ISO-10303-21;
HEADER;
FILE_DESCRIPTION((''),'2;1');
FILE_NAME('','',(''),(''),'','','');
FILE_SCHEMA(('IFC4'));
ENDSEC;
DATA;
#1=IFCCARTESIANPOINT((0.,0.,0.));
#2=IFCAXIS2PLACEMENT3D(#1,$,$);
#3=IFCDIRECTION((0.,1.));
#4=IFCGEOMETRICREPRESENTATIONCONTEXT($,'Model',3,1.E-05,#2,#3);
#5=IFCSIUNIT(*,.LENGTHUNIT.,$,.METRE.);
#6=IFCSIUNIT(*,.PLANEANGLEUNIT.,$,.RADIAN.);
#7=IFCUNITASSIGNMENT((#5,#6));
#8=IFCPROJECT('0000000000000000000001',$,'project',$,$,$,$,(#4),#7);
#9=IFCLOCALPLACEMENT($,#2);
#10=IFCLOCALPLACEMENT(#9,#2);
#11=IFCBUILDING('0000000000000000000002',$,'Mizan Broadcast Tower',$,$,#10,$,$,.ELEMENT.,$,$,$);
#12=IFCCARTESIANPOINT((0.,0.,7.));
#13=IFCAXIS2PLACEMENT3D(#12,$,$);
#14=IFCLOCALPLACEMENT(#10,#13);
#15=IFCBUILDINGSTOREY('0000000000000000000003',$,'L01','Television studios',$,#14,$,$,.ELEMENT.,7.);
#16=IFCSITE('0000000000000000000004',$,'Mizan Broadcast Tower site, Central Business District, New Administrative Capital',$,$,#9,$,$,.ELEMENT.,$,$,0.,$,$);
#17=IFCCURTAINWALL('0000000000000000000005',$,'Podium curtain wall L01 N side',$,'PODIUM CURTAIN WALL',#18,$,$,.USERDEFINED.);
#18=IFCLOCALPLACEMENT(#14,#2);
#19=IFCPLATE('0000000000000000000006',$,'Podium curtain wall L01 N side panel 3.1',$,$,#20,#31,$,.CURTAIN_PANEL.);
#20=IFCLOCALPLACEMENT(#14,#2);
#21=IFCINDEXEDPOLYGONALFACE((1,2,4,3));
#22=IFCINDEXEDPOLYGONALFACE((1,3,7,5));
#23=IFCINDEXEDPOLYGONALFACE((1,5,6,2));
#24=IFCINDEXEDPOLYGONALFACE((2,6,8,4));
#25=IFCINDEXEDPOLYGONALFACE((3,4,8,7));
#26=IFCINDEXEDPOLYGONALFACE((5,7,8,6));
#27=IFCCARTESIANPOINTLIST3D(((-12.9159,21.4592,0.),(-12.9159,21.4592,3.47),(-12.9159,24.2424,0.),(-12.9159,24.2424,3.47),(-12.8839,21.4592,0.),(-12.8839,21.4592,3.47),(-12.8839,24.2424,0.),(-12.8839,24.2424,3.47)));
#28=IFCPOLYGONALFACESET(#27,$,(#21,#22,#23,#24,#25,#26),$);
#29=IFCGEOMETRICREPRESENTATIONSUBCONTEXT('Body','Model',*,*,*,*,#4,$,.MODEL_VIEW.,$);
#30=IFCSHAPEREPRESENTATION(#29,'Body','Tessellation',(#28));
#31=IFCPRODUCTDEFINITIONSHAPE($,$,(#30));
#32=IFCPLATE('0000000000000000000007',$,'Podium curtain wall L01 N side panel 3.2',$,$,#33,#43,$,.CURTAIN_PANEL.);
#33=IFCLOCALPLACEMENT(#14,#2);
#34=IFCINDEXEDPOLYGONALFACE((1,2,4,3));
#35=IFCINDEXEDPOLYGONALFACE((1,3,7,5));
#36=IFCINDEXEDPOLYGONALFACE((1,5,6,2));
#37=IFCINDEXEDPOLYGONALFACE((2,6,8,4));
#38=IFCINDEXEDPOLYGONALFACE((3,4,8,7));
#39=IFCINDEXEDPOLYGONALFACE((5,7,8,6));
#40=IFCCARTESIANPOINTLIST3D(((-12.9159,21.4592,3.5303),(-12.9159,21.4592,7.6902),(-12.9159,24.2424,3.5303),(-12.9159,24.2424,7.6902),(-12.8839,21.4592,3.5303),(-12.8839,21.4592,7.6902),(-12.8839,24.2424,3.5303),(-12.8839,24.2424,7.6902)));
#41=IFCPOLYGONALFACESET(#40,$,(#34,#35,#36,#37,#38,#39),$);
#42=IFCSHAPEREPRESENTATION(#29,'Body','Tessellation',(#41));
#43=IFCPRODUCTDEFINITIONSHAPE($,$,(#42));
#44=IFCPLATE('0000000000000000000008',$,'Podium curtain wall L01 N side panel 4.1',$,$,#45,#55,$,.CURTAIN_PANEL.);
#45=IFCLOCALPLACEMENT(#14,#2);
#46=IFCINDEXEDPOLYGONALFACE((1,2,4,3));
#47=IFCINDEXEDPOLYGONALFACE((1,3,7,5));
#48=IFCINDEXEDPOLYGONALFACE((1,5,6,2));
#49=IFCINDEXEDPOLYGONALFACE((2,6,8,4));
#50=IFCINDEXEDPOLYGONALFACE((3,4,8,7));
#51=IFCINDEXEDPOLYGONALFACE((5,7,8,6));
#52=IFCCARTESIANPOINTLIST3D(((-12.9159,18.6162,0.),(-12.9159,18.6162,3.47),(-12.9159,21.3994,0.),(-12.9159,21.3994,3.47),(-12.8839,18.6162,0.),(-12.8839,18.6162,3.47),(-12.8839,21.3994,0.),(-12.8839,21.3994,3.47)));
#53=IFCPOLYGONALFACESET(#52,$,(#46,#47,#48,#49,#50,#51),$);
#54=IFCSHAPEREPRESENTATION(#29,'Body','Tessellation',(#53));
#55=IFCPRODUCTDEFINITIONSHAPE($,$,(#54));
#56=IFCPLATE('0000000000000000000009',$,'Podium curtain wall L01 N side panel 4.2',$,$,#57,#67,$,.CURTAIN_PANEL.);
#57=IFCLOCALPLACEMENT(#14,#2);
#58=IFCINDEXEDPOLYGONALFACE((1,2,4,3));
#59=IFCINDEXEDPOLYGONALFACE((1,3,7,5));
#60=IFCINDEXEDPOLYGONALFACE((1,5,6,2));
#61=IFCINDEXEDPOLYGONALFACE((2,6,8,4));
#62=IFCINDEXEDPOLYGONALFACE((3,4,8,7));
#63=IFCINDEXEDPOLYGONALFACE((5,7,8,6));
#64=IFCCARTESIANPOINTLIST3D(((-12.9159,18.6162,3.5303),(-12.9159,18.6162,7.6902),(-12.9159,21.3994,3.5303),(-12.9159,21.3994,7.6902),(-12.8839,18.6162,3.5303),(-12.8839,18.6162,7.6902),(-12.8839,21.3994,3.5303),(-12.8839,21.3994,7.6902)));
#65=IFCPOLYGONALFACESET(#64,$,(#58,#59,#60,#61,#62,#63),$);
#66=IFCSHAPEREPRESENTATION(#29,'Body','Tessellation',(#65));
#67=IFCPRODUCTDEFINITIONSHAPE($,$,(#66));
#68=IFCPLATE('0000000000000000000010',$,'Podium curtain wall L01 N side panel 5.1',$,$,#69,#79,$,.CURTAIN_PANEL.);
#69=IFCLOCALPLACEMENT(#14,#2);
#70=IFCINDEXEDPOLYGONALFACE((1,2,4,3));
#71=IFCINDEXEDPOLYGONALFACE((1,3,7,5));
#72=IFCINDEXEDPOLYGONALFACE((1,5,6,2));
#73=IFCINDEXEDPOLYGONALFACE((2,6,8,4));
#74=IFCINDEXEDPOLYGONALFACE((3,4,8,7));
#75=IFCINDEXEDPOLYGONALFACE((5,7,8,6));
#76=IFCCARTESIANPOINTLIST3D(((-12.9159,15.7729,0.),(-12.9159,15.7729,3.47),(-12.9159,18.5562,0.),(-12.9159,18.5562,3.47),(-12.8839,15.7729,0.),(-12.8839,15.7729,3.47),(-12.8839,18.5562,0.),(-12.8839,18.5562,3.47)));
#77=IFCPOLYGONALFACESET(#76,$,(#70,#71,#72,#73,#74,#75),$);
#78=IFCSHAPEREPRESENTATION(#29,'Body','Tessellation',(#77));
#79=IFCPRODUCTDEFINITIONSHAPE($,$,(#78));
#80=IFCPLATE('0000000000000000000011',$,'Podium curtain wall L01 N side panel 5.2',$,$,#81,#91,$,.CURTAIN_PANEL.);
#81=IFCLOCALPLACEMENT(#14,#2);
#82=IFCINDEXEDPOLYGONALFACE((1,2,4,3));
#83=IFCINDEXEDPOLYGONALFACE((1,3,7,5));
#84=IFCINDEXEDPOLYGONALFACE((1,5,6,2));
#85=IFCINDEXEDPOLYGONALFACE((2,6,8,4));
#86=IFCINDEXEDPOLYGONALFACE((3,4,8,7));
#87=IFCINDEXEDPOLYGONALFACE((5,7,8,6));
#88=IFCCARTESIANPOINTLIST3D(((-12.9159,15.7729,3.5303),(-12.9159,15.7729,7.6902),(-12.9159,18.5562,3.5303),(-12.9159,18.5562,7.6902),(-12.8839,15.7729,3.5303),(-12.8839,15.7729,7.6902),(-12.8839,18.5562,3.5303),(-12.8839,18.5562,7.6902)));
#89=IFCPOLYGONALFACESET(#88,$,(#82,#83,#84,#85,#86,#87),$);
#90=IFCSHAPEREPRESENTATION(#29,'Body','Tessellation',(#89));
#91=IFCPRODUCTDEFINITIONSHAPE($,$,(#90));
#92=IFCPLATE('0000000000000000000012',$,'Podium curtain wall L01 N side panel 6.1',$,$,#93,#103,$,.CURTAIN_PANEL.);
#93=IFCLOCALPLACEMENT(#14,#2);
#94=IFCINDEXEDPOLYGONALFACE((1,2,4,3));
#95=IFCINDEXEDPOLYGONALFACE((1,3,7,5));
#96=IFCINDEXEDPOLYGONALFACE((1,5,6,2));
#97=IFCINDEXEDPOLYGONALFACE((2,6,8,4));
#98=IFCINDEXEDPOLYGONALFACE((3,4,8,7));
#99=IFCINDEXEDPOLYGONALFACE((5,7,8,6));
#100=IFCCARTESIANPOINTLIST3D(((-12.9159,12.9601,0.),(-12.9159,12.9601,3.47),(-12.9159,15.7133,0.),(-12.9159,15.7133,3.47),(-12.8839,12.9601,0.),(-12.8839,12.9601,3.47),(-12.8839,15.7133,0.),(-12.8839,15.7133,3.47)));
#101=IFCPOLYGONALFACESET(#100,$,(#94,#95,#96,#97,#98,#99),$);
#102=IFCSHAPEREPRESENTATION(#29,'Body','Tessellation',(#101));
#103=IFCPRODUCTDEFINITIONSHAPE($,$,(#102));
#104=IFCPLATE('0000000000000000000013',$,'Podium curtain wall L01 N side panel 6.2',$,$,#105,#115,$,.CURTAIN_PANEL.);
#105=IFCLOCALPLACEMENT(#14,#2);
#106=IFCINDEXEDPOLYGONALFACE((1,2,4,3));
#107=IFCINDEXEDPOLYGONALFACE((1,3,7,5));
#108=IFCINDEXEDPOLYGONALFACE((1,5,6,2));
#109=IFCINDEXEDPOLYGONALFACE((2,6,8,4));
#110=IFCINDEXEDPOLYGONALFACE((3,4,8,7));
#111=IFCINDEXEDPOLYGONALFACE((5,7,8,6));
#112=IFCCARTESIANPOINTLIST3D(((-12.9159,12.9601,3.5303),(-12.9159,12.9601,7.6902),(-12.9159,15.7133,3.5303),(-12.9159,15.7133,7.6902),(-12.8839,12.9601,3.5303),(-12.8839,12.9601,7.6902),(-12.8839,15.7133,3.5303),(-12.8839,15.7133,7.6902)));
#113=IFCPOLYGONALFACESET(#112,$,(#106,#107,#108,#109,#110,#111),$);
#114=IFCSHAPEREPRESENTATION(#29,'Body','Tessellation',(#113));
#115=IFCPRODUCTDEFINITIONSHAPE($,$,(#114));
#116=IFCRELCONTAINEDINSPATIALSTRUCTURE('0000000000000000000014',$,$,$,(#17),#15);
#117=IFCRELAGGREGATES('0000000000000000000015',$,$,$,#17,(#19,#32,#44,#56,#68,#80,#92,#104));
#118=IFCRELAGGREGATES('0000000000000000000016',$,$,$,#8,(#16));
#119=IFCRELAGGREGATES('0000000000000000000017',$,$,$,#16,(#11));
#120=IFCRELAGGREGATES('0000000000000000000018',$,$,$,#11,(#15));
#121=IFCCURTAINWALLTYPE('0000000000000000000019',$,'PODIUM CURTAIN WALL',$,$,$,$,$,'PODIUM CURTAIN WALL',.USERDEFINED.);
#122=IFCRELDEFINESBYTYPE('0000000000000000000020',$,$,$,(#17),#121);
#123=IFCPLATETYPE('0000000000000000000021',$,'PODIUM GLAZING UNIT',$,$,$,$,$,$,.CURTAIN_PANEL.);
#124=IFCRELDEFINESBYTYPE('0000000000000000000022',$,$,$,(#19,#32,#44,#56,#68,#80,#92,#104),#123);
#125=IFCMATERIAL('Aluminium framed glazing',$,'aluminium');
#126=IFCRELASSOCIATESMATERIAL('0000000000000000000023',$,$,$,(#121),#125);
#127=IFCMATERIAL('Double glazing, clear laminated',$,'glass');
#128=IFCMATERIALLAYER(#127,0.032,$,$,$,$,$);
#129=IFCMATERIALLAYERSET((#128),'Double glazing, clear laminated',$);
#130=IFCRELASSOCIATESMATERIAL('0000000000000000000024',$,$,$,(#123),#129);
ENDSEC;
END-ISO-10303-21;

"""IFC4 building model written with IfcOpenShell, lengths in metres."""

from ifc_helpers import new_model, si_unit, direction, frame, origin, origin_2d, place, context, subcontext, project, spatial, rectangle, extrude, material, layer, layer_set, type_object, element, aggregate, save


model = new_model("IFC4")

# Units and contexts
model_context = context("Model", 3, precision=1e-05, world=origin(), true_north=direction((0.0, 1.0)))
body_context = subcontext(model_context, "Body", "Model", "MODEL_VIEW")
ifc_project = project(units=[si_unit("LENGTHUNIT", "METRE"), si_unit("PLANEANGLEUNIT", "RADIAN")], contexts=[model_context])

# Site, building, storey
site_placement = place(None, origin())
site = spatial("IfcSite", under=ifc_project, at=site_placement, Name="Mizan Broadcast Tower site, Central Business District, New Administrative Capital", CompositionType="ELEMENT", RefElevation=0.0)
building_placement = place(site_placement, origin())
building = spatial("IfcBuilding", under=site, at=building_placement, Name="Mizan Broadcast Tower", CompositionType="ELEMENT")
storey_placement = place(building_placement, frame((0.0, 0.0, 7.0)))
storey = spatial("IfcBuildingStorey", under=building, at=storey_placement, Name="L01", Description="Television studios", CompositionType="ELEMENT", Elevation=7.0)

# Curtain wall
ifc_material_1 = material(Name="Aluminium framed glazing", Category="aluminium")
curtain_wall_type_1 = type_object("IfcCurtainWallType", Name="PODIUM CURTAIN WALL", ElementType="PODIUM CURTAIN WALL", PredefinedType="USERDEFINED", material=ifc_material_1)
curtain_wall_1_placement = place(storey_placement, origin())
curtain_wall_1 = element("IfcCurtainWall", 1, at=curtain_wall_1_placement, inside=storey, type_object=curtain_wall_type_1, Name="Podium curtain wall L01 N side", ObjectType="PODIUM CURTAIN WALL", PredefinedType="USERDEFINED")

# Plates
ifc_material_2 = material(Name="Double glazing, clear laminated", Category="glass")
ifc_layer_1 = layer(ifc_material_2, 0.032)
ifc_layer_set_1 = layer_set([ifc_layer_1], Name="Double glazing, clear laminated")
plate_type_1 = type_object("IfcPlateType", Name="PODIUM GLAZING UNIT", PredefinedType="CURTAIN_PANEL", material=ifc_layer_set_1)
plate_1_placement = place(storey_placement, frame((-12.8999, 22.8508, 0.0), z_axis=(0.0, 0.0, 1.0), x_axis=(0.0, -1.0, 0.0)))
plate_1 = element("IfcPlate", 2, at=plate_1_placement, type_object=plate_type_1, Name="Podium curtain wall L01 N side panel 3.1", PredefinedType="CURTAIN_PANEL", context=body_context, shape_type="SweptSolid", body=[
    extrude(rectangle(XDim=2.7832, YDim=0.032, at=origin_2d()), origin(), (0.0, 0.0, 1.0), 3.47),
])
plate_2_placement = place(storey_placement, frame((-12.8999, 22.8508, 3.5303), z_axis=(0.0, 0.0, 1.0), x_axis=(0.0, -1.0, 0.0)))
plate_2 = element("IfcPlate", 3, at=plate_2_placement, type_object=plate_type_1, Name="Podium curtain wall L01 N side panel 3.2", PredefinedType="CURTAIN_PANEL", context=body_context, shape_type="SweptSolid", body=[
    extrude(rectangle(XDim=2.7832, YDim=0.032, at=origin_2d()), origin(), (0.0, 0.0, 1.0), 4.1599),
])
plate_3_placement = place(storey_placement, frame((-12.8999, 20.0078, 0.0), z_axis=(0.0, 0.0, 1.0), x_axis=(0.0, -1.0, 0.0)))
plate_3 = element("IfcPlate", 4, at=plate_3_placement, type_object=plate_type_1, Name="Podium curtain wall L01 N side panel 4.1", PredefinedType="CURTAIN_PANEL", context=body_context, shape_type="SweptSolid", body=[
    extrude(rectangle(XDim=2.7832, YDim=0.032, at=origin_2d()), origin(), (0.0, 0.0, 1.0), 3.47),
])
plate_4_placement = place(storey_placement, frame((-12.8999, 20.0078, 3.5303), z_axis=(0.0, 0.0, 1.0), x_axis=(0.0, -1.0, 0.0)))
plate_4 = element("IfcPlate", 5, at=plate_4_placement, type_object=plate_type_1, Name="Podium curtain wall L01 N side panel 4.2", PredefinedType="CURTAIN_PANEL", context=body_context, shape_type="SweptSolid", body=[
    extrude(rectangle(XDim=2.7832, YDim=0.032, at=origin_2d()), origin(), (0.0, 0.0, 1.0), 4.1599),
])
plate_5_placement = place(storey_placement, frame((-12.8999, 17.1646, 0.0), z_axis=(0.0, 0.0, 1.0), x_axis=(0.0, -1.0, 0.0)))
plate_5 = element("IfcPlate", 6, at=plate_5_placement, type_object=plate_type_1, Name="Podium curtain wall L01 N side panel 5.1", PredefinedType="CURTAIN_PANEL", context=body_context, shape_type="SweptSolid", body=[
    extrude(rectangle(XDim=2.7832, YDim=0.032, at=origin_2d()), origin(), (0.0, 0.0, 1.0), 3.47),
])
plate_6_placement = place(storey_placement, frame((-12.8999, 17.1646, 3.5303), z_axis=(0.0, 0.0, 1.0), x_axis=(0.0, -1.0, 0.0)))
plate_6 = element("IfcPlate", 7, at=plate_6_placement, type_object=plate_type_1, Name="Podium curtain wall L01 N side panel 5.2", PredefinedType="CURTAIN_PANEL", context=body_context, shape_type="SweptSolid", body=[
    extrude(rectangle(XDim=2.7832, YDim=0.032, at=origin_2d()), origin(), (0.0, 0.0, 1.0), 4.1599),
])
plate_7_placement = place(storey_placement, frame((-12.8999, 14.3367, 0.0), z_axis=(0.0, 0.0, 1.0), x_axis=(0.0, -1.0, 0.0)))
plate_7 = element("IfcPlate", 8, at=plate_7_placement, type_object=plate_type_1, Name="Podium curtain wall L01 N side panel 6.1", PredefinedType="CURTAIN_PANEL", context=body_context, shape_type="SweptSolid", body=[
    extrude(rectangle(XDim=2.7532, YDim=0.032, at=origin_2d()), origin(), (0.0, 0.0, 1.0), 3.47),
])
plate_8_placement = place(storey_placement, frame((-12.8999, 14.3367, 3.5303), z_axis=(0.0, 0.0, 1.0), x_axis=(0.0, -1.0, 0.0)))
plate_8 = element("IfcPlate", 9, at=plate_8_placement, type_object=plate_type_1, Name="Podium curtain wall L01 N side panel 6.2", PredefinedType="CURTAIN_PANEL", context=body_context, shape_type="SweptSolid", body=[
    extrude(rectangle(XDim=2.7532, YDim=0.032, at=origin_2d()), origin(), (0.0, 0.0, 1.0), 4.1599),
])
aggregate(curtain_wall_1, [plate_1, plate_2, plate_3, plate_4, plate_5, plate_6, plate_7, plate_8])

save(model, "model.ifc")
